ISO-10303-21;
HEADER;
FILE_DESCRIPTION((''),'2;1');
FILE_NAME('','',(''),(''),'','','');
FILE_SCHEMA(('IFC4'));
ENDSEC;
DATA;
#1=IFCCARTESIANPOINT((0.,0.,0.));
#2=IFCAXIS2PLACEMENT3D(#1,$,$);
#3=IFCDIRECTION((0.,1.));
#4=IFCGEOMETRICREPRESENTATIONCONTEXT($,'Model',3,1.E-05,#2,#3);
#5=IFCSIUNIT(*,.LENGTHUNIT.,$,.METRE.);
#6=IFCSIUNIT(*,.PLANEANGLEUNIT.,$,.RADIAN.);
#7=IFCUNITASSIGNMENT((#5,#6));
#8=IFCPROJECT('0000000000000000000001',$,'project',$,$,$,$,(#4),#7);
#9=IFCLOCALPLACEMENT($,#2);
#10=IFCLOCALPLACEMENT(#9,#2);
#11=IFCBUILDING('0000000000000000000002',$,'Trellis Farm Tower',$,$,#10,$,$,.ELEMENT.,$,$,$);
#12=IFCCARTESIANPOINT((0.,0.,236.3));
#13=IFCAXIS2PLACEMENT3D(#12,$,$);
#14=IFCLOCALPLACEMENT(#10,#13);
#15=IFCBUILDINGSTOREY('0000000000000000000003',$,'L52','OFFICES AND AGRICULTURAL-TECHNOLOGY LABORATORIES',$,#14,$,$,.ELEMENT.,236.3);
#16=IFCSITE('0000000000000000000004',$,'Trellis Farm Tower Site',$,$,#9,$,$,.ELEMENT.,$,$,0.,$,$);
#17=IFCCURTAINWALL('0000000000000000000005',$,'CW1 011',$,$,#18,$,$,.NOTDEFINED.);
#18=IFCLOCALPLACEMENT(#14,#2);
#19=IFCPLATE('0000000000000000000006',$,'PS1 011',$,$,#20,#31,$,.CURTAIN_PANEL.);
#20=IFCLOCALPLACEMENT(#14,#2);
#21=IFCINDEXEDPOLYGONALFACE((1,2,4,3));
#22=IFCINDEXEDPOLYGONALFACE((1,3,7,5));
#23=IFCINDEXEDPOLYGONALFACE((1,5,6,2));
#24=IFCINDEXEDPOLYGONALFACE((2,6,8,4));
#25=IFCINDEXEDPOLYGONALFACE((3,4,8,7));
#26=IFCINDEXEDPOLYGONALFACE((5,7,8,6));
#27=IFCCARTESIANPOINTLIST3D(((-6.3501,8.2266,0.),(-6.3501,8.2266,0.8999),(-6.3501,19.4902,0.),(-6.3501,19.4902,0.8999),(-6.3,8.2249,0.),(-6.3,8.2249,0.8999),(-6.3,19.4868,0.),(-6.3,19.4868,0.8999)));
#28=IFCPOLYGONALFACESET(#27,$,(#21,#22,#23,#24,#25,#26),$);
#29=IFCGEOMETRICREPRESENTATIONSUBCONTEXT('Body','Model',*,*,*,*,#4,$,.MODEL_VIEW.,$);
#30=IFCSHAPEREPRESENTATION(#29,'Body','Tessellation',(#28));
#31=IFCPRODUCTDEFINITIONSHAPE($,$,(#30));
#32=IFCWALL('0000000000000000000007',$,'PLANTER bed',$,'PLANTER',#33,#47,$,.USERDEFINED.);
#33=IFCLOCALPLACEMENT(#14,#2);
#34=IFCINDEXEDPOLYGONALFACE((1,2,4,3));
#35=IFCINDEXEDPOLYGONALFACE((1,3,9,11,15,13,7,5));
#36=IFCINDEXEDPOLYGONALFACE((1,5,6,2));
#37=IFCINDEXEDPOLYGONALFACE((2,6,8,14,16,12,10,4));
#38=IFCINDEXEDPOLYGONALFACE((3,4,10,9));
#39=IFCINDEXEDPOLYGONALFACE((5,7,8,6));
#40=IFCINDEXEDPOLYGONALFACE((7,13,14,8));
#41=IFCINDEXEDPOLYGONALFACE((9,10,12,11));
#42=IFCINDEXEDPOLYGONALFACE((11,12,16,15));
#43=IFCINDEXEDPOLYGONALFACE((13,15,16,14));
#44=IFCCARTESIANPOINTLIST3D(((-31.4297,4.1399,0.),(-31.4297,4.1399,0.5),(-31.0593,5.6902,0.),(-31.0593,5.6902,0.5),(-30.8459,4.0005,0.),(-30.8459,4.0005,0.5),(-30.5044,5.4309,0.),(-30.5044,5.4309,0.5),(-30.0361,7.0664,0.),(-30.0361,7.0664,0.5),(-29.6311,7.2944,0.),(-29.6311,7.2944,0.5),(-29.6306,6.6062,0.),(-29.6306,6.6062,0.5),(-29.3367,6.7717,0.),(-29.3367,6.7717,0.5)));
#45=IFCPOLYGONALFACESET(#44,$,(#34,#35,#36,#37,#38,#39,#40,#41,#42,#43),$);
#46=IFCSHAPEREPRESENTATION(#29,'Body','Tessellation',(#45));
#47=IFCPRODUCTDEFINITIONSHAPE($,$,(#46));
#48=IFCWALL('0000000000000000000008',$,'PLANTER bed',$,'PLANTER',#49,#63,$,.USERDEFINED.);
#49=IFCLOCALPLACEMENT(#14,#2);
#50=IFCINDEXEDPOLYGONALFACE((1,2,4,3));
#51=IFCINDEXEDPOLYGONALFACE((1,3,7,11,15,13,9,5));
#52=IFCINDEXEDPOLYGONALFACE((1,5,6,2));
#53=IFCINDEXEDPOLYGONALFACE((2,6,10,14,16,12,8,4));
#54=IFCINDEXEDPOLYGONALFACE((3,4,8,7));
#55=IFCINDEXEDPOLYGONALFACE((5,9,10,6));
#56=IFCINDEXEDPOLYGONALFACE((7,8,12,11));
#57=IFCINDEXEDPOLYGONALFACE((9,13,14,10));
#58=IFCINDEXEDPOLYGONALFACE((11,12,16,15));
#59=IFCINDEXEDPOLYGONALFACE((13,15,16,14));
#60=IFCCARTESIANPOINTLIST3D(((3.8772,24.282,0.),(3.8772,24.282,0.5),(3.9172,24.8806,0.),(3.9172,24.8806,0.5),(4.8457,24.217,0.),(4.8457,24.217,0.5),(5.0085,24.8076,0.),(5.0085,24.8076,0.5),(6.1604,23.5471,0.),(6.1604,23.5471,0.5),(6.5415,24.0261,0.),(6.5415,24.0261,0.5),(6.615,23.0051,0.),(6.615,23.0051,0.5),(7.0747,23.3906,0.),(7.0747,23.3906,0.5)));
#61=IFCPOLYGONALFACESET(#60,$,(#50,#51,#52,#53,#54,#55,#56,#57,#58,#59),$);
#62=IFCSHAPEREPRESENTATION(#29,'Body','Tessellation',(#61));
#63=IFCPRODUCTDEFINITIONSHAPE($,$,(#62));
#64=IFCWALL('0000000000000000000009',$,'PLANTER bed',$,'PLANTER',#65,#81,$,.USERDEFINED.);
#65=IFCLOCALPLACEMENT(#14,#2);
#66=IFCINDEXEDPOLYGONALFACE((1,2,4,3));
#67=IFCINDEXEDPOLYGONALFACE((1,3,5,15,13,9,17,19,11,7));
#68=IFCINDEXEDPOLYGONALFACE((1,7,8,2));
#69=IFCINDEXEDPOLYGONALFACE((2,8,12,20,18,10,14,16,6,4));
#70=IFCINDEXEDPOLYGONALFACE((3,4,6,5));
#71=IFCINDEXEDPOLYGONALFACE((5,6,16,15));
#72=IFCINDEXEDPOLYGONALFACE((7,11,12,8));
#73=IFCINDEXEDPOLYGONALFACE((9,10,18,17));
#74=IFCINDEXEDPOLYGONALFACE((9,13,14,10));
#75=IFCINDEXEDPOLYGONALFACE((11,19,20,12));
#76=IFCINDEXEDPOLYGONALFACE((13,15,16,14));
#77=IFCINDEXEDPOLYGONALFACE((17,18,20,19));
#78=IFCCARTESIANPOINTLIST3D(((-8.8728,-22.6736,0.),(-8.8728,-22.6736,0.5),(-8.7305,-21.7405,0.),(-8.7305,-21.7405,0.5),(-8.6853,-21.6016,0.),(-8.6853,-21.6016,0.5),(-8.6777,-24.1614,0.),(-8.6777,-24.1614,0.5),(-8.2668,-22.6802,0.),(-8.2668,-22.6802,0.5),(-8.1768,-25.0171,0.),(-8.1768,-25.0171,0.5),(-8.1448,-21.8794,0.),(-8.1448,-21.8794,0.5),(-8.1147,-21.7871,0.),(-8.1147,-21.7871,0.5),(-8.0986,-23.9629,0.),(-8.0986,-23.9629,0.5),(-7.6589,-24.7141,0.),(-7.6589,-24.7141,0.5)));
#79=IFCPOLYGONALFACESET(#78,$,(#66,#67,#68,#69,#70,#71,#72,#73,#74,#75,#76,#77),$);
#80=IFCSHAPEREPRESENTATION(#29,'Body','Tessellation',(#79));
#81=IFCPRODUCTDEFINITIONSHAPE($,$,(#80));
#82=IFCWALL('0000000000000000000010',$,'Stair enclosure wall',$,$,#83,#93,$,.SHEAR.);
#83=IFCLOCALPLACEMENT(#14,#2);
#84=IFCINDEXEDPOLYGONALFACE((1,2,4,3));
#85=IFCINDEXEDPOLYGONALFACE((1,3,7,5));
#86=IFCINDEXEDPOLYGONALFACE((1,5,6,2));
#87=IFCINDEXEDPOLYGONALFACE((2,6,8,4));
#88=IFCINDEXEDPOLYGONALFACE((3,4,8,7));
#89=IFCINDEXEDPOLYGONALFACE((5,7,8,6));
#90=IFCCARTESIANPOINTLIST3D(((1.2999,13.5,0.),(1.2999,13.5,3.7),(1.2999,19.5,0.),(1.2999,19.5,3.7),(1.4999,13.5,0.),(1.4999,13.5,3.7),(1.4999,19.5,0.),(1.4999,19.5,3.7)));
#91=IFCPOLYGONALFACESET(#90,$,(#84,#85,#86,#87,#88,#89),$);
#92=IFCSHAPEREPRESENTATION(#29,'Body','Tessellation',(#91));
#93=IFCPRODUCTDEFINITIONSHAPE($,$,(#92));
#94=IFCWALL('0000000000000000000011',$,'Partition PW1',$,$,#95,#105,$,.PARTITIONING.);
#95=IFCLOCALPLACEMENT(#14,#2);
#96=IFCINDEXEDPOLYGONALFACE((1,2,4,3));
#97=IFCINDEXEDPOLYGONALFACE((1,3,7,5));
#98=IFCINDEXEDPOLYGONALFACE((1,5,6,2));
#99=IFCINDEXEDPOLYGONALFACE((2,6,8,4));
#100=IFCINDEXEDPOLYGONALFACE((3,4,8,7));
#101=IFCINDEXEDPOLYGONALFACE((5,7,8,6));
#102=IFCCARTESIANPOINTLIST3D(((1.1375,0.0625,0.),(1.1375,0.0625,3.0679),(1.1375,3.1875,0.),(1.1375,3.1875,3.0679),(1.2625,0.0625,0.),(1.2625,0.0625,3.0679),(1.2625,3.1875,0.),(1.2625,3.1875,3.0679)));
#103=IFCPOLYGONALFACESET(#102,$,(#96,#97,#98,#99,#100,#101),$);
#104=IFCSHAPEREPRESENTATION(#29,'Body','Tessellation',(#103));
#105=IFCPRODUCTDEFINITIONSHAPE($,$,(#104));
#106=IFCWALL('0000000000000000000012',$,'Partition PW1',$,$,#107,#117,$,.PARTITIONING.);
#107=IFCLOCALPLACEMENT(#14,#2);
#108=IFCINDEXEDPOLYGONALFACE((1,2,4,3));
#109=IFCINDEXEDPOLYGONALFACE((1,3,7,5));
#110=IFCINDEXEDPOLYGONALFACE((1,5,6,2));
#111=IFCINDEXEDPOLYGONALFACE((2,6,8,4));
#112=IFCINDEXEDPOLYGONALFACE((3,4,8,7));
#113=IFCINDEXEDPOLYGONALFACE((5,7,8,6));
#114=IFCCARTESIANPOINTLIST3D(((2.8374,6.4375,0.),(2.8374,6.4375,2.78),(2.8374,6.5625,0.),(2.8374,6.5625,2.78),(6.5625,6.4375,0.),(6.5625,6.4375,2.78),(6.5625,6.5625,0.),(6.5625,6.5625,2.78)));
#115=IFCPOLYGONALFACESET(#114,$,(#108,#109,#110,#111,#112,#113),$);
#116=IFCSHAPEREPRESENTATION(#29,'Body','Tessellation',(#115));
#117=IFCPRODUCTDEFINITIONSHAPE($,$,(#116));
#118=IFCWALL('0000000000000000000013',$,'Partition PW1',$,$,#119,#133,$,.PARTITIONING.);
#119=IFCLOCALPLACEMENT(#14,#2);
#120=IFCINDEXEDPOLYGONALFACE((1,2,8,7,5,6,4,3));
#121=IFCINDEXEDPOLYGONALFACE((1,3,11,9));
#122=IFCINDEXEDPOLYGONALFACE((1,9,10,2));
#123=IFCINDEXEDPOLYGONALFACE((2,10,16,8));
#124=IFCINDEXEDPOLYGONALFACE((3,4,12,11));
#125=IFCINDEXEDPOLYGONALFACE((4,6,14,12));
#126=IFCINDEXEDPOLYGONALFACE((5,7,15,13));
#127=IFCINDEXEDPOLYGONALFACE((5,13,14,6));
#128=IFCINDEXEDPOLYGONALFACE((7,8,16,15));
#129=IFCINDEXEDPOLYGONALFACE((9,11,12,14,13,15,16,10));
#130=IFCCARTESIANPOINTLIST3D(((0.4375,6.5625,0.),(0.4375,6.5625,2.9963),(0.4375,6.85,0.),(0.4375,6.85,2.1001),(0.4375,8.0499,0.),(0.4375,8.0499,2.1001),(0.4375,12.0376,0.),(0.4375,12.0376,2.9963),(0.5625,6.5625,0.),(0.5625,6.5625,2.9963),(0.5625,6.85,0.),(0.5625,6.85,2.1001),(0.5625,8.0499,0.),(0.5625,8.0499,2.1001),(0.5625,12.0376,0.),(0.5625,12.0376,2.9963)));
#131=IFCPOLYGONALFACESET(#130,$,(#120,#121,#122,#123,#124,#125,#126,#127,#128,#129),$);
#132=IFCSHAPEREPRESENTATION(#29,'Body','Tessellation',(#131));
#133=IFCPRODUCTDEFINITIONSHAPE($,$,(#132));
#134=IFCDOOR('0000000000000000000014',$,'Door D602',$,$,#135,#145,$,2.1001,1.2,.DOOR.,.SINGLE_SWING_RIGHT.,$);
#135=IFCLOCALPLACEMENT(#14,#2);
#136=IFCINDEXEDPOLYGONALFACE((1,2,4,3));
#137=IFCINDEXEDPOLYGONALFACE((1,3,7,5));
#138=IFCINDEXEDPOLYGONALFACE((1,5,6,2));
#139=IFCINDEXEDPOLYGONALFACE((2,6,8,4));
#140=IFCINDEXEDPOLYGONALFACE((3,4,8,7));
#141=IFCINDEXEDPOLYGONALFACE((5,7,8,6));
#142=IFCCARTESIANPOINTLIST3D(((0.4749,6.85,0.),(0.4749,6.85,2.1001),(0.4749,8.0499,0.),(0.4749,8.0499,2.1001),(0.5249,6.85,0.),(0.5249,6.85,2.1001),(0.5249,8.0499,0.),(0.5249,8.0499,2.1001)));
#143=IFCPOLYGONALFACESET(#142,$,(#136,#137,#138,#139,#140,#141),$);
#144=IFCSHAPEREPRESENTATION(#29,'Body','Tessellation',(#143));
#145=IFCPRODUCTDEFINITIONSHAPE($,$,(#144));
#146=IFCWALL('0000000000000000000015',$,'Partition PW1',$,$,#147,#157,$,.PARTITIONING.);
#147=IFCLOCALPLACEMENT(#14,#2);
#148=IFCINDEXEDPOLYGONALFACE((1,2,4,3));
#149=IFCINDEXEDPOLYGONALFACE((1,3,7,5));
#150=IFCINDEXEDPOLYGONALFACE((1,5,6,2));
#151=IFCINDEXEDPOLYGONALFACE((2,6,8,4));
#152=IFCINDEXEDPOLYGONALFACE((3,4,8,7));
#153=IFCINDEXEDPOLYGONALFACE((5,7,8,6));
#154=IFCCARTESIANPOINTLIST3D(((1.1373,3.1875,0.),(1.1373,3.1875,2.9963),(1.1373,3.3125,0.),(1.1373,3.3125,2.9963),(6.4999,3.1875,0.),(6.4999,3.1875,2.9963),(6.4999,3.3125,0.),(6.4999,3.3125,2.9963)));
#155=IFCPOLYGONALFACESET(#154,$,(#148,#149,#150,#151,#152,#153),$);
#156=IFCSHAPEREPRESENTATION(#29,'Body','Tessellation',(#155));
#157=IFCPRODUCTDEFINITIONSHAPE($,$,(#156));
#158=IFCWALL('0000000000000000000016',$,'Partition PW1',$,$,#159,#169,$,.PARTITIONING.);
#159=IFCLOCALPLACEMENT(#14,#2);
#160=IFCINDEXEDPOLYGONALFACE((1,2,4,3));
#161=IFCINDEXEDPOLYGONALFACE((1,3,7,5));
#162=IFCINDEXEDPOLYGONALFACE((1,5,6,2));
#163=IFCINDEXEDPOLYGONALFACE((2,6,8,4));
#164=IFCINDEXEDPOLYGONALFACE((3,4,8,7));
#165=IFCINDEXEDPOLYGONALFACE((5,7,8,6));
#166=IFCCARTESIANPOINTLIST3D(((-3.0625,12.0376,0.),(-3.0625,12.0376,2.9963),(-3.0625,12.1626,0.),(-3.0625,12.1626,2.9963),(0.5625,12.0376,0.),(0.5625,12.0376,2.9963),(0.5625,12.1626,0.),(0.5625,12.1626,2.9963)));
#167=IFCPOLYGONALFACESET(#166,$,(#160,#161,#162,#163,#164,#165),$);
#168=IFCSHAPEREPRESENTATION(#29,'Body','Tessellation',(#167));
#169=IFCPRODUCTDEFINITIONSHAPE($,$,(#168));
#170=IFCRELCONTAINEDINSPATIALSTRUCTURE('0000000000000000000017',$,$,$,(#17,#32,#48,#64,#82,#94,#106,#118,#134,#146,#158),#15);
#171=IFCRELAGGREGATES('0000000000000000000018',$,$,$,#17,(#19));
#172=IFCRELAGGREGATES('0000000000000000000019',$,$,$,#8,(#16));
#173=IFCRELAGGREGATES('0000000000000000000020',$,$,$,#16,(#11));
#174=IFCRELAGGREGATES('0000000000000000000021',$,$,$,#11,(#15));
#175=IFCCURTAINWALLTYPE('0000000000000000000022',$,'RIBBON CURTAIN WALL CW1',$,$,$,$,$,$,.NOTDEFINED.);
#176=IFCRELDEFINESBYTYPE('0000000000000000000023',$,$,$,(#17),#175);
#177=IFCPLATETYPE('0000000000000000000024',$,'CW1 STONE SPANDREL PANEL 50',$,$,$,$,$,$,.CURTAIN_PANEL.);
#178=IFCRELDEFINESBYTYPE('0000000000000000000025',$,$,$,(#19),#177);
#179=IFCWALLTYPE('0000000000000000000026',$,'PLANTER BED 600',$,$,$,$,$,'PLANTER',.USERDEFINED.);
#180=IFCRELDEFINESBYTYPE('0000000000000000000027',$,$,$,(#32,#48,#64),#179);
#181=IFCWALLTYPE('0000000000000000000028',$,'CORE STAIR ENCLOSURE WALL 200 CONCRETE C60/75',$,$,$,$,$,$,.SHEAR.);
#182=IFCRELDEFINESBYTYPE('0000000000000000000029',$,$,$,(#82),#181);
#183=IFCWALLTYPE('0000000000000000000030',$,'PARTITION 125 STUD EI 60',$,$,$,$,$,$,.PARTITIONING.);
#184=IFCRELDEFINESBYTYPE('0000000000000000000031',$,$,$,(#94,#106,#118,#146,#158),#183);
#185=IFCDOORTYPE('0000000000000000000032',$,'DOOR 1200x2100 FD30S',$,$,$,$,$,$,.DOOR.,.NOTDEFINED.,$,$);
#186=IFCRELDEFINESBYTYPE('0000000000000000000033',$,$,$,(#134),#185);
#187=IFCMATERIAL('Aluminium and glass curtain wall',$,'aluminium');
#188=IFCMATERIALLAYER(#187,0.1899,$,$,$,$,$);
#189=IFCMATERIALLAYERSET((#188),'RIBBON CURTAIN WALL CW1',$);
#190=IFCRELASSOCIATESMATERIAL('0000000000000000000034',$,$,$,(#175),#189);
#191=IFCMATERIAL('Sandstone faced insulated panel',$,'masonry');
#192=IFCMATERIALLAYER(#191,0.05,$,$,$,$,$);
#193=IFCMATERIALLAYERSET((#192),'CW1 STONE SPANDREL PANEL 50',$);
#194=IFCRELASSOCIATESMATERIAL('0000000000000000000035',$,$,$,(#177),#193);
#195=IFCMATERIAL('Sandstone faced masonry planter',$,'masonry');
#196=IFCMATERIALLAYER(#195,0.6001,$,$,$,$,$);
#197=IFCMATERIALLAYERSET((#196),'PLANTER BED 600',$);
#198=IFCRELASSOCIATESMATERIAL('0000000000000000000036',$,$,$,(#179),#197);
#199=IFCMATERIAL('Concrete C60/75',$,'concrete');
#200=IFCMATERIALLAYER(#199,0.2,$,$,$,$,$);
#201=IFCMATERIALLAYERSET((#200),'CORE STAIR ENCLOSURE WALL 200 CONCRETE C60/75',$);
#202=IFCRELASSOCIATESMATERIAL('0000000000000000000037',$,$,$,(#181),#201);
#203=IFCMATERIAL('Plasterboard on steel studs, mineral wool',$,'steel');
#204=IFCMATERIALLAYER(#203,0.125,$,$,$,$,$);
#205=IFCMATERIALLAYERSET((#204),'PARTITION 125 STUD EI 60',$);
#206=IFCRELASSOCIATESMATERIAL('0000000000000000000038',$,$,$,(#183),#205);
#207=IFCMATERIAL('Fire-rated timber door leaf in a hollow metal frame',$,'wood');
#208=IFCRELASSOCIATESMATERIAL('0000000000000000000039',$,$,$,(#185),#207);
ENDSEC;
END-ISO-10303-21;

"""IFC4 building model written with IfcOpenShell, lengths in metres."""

from ifc_helpers import new_model, si_unit, direction, frame, frame_2d, origin, place, context, subcontext, project, spatial, polyline, rectangle, outline, extrude, source, transform, mapped, material, layer, layer_set, type_object, element, fill, aggregate, save


model = new_model("IFC4")

# Units and contexts
model_context = context("Model", 3, precision=1e-05, world=origin(), true_north=direction((0.0, 1.0)))
body_context = subcontext(model_context, "Body", "Model", "MODEL_VIEW")
ifc_project = project(units=[si_unit("LENGTHUNIT", "METRE"), si_unit("PLANEANGLEUNIT", "RADIAN")], contexts=[model_context])

# Site, building, storey
site_placement = place(None, origin())
site = spatial("IfcSite", under=ifc_project, at=site_placement, Name="Trellis Farm Tower Site", CompositionType="ELEMENT", RefElevation=0.0)
building_placement = place(site_placement, origin())
building = spatial("IfcBuilding", under=site, at=building_placement, Name="Trellis Farm Tower", CompositionType="ELEMENT")
storey_placement = place(building_placement, frame((0.0, 0.0, 236.3)))
storey = spatial("IfcBuildingStorey", under=building, at=storey_placement, Name="L52", Description="OFFICES AND AGRICULTURAL-TECHNOLOGY LABORATORIES", CompositionType="ELEMENT", Elevation=236.3)

# Shared definitions
ifc_material_1 = material(Name="Aluminium and glass curtain wall", Category="aluminium")
placement_1 = place(storey_placement, origin())
ifc_layer_1 = layer(ifc_material_1, 0.1899)
ifc_layer_set_1 = layer_set([ifc_layer_1], Name="RIBBON CURTAIN WALL CW1")
curtain_wall_type_1 = type_object("IfcCurtainWallType", Name="RIBBON CURTAIN WALL CW1", PredefinedType="NOTDEFINED", material=ifc_layer_set_1)

# Curtain wall
curtain_wall_1 = element("IfcCurtainWall", 1, at=placement_1, inside=storey, type_object=curtain_wall_type_1, Name="CW1 011", PredefinedType="NOTDEFINED")

# Plate
ifc_material_2 = material(Name="Sandstone faced insulated panel", Category="masonry")
ifc_layer_2 = layer(ifc_material_2, 0.05)
ifc_layer_set_2 = layer_set([ifc_layer_2], Name="CW1 STONE SPANDREL PANEL 50")
plate_type_1 = type_object("IfcPlateType", Name="CW1 STONE SPANDREL PANEL 50", PredefinedType="CURTAIN_PANEL", material=ifc_layer_set_2)
shared_shape_1 = source(origin(), body_context, "Body", "SweptSolid", [
    extrude(outline(polyline([(-6.3501, 19.4902), (-6.3501, 8.2266), (-6.3, 8.2249), (-6.3, 19.4868), (-6.3501, 19.4902)])), origin(), (0.0, 0.0, 1.0), 0.8999),
])
plate_1 = element("IfcPlate", 2, at=placement_1, type_object=plate_type_1, Name="PS1 011", PredefinedType="CURTAIN_PANEL", context=body_context, shape_type="MappedRepresentation", body=[
    mapped(shared_shape_1, transform((0.0, 0.0, 0.0))),
])
aggregate(curtain_wall_1, [plate_1])

# Walls
ifc_material_3 = material(Name="Sandstone faced masonry planter", Category="masonry")
ifc_layer_3 = layer(ifc_material_3, 0.6001)
ifc_layer_set_3 = layer_set([ifc_layer_3], Name="PLANTER BED 600")
wall_type_1 = type_object("IfcWallType", Name="PLANTER BED 600", ElementType="PLANTER", PredefinedType="USERDEFINED", material=ifc_layer_set_3)
element("IfcWall", 3, at=placement_1, inside=storey, type_object=wall_type_1, Name="PLANTER bed", ObjectType="PLANTER", PredefinedType="USERDEFINED", context=body_context, shape_type="SweptSolid", body=[
    extrude(outline(polyline([(-31.0593, 5.6902), (-30.0361, 7.0664), (-29.6311, 7.2944), (-29.3367, 6.7717), (-29.6306, 6.6062), (-30.5044, 5.4309), (-30.8459, 4.0005), (-31.4297, 4.1399), (-31.0593, 5.6902)])), origin(), (0.0, 0.0, 1.0), 0.5),
])
element("IfcWall", 4, at=placement_1, inside=storey, type_object=wall_type_1, Name="PLANTER bed", ObjectType="PLANTER", PredefinedType="USERDEFINED", context=body_context, shape_type="SweptSolid", body=[
    extrude(outline(polyline([(6.5415, 24.0261), (7.0747, 23.3906), (6.615, 23.0051), (6.1604, 23.5471), (4.8457, 24.217), (3.8772, 24.282), (3.9172, 24.8806), (5.0085, 24.8076), (6.5415, 24.0261)])), origin(), (0.0, 0.0, 1.0), 0.5),
])
element("IfcWall", 5, at=placement_1, inside=storey, type_object=wall_type_1, Name="PLANTER bed", ObjectType="PLANTER", PredefinedType="USERDEFINED", context=body_context, shape_type="SweptSolid", body=[
    extrude(outline(polyline([(-8.8728, -22.6736), (-8.7305, -21.7405), (-8.6853, -21.6016), (-8.1147, -21.7871), (-8.1448, -21.8794), (-8.2668, -22.6802), (-8.0986, -23.9629), (-7.6589, -24.7141), (-8.1768, -25.0171), (-8.6777, -24.1614), (-8.8728, -22.6736)])), origin(), (0.0, 0.0, 1.0), 0.5),
])
ifc_material_4 = material(Name="Concrete C60/75", Category="concrete")
ifc_layer_4 = layer(ifc_material_4, 0.2)
ifc_layer_set_4 = layer_set([ifc_layer_4], Name="CORE STAIR ENCLOSURE WALL 200 CONCRETE C60/75")
wall_type_2 = type_object("IfcWallType", Name="CORE STAIR ENCLOSURE WALL 200 CONCRETE C60/75", PredefinedType="SHEAR", material=ifc_layer_set_4)
shared_shape_2 = source(origin(), body_context, "Body", "SweptSolid", [
    extrude(rectangle(XDim=6.0, YDim=0.2, at=frame_2d((3.0, 0.0))), origin(), (0.0, 0.0, 1.0), 3.7),
])
wall_1_placement = place(storey_placement, frame((1.3999, 13.5, 0.0), z_axis=(0.0, 0.0, 1.0), x_axis=(0.0, 1.0, 0.0)))
element("IfcWall", 6, at=wall_1_placement, inside=storey, type_object=wall_type_2, Name="Stair enclosure wall", PredefinedType="SHEAR", context=body_context, shape_type="MappedRepresentation", body=[
    mapped(shared_shape_2, transform((0.0, 0.0, 0.0))),
])
ifc_material_5 = material(Name="Plasterboard on steel studs, mineral wool", Category="steel")
ifc_layer_5 = layer(ifc_material_5, 0.125)
ifc_layer_set_5 = layer_set([ifc_layer_5], Name="PARTITION 125 STUD EI 60")
wall_type_3 = type_object("IfcWallType", Name="PARTITION 125 STUD EI 60", PredefinedType="PARTITIONING", material=ifc_layer_set_5)
shared_shape_3 = source(origin(), body_context, "Body", "SweptSolid", [
    extrude(rectangle(XDim=3.125, YDim=0.125, at=frame_2d((1.5625, 0.0))), origin(), (0.0, 0.0, 1.0), 3.0679),
])
wall_2_placement = place(storey_placement, frame((1.2, 3.1875, 0.0), z_axis=(0.0, 0.0, 1.0), x_axis=(0.0, -1.0, 0.0)))
element("IfcWall", 7, at=wall_2_placement, inside=storey, type_object=wall_type_3, Name="Partition PW1", PredefinedType="PARTITIONING", context=body_context, shape_type="MappedRepresentation", body=[
    mapped(shared_shape_3, transform((0.0, 0.0, 0.0))),
])
shared_shape_4 = source(origin(), body_context, "Body", "SweptSolid", [
    extrude(rectangle(XDim=3.7251, YDim=0.125, at=frame_2d((1.8625, 0.0))), origin(), (0.0, 0.0, 1.0), 2.78),
])
wall_3_placement = place(storey_placement, frame((2.8374, 6.5, 0.0), z_axis=(0.0, 0.0, 1.0), x_axis=(1.0, 0.0, 0.0)))
element("IfcWall", 8, at=wall_3_placement, inside=storey, type_object=wall_type_3, Name="Partition PW1", PredefinedType="PARTITIONING", context=body_context, shape_type="MappedRepresentation", body=[
    mapped(shared_shape_4, transform((0.0, 0.0, 0.0))),
])

# Wall, opening, door
shared_shape_5 = source(origin(), body_context, "Body", "SweptSolid", [
    extrude(rectangle(XDim=5.4751, YDim=0.125, at=frame_2d((2.7375, 0.0))), origin(), (0.0, 0.0, 1.0), 2.9963),
])
wall_4_placement = place(storey_placement, frame((0.5, 12.0376, 0.0), z_axis=(0.0, 0.0, 1.0), x_axis=(0.0, -1.0, 0.0)))
wall_4 = element("IfcWall", 9, at=wall_4_placement, inside=storey, type_object=wall_type_3, Name="Partition PW1", PredefinedType="PARTITIONING", context=body_context, shape_type="MappedRepresentation", body=[
    mapped(shared_shape_5, transform((0.0, 0.0, 0.0))),
])
shared_shape_6 = source(origin(), body_context, "Body", "SweptSolid", [
    extrude(rectangle(XDim=1.2, YDim=2.1001, at=frame_2d((0.6001, 1.05))), frame((0.0, 0.0725, 0.0), z_axis=(0.0, -1.0, 0.0), x_axis=(1.0, 0.0, 0.0)), (0.0, 0.0, 1.0), 0.145),
])
opening_placement = place(wall_4_placement, frame((3.9875, 0.0, 0.0)))
opening = element("IfcOpeningElement", 10, at=opening_placement, cuts=wall_4, PredefinedType="OPENING", context=body_context, shape_type="MappedRepresentation", body=[
    mapped(shared_shape_6, transform((0.0, 0.0, 0.0))),
])
ifc_material_6 = material(Name="Fire-rated timber door leaf in a hollow metal frame", Category="wood")
door_type = type_object("IfcDoorType", Name="DOOR 1200x2100 FD30S", OperationType="NOTDEFINED", PredefinedType="DOOR", material=ifc_material_6)
shared_shape_7 = source(origin(), body_context, "Body", "SweptSolid", [
    extrude(rectangle(XDim=1.2, YDim=2.1001, at=frame_2d((0.6001, 1.05))), frame((0.0, 0.0249, 0.0), z_axis=(0.0, -1.0, 0.0), x_axis=(1.0, 0.0, 0.0)), (0.0, 0.0, 1.0), 0.05),
])
door_placement = place(opening_placement, origin())
door = element("IfcDoor", 11, at=door_placement, inside=storey, type_object=door_type, Name="Door D602", OperationType="SINGLE_SWING_RIGHT", OverallHeight=2.1001, OverallWidth=1.2, PredefinedType="DOOR", context=body_context, shape_type="MappedRepresentation", body=[
    mapped(shared_shape_7, transform((0.0, 0.0, 0.0))),
])
fill(opening, door)

# Walls
shared_shape_8 = source(origin(), body_context, "Body", "SweptSolid", [
    extrude(rectangle(XDim=5.3625, YDim=0.125, at=frame_2d((2.6812, 0.0))), origin(), (0.0, 0.0, 1.0), 2.9963),
])
wall_5_placement = place(storey_placement, frame((1.1375, 3.25, 0.0), z_axis=(0.0, 0.0, 1.0), x_axis=(1.0, 0.0, 0.0)))
element("IfcWall", 12, at=wall_5_placement, inside=storey, type_object=wall_type_3, Name="Partition PW1", PredefinedType="PARTITIONING", context=body_context, shape_type="MappedRepresentation", body=[
    mapped(shared_shape_8, transform((0.0, 0.0, 0.0))),
])
shared_shape_9 = source(origin(), body_context, "Body", "SweptSolid", [
    extrude(rectangle(XDim=3.625, YDim=0.125, at=frame_2d((1.8125, 0.0))), origin(), (0.0, 0.0, 1.0), 2.9963),
])
wall_6_placement = place(storey_placement, frame((0.5625, 12.1001, 0.0), z_axis=(0.0, 0.0, 1.0), x_axis=(-1.0, 0.0, 0.0)))
element("IfcWall", 13, at=wall_6_placement, inside=storey, type_object=wall_type_3, Name="Partition PW1", PredefinedType="PARTITIONING", context=body_context, shape_type="MappedRepresentation", body=[
    mapped(shared_shape_9, transform((0.0, 0.0, 0.0))),
])

save(model, "model.ifc")
